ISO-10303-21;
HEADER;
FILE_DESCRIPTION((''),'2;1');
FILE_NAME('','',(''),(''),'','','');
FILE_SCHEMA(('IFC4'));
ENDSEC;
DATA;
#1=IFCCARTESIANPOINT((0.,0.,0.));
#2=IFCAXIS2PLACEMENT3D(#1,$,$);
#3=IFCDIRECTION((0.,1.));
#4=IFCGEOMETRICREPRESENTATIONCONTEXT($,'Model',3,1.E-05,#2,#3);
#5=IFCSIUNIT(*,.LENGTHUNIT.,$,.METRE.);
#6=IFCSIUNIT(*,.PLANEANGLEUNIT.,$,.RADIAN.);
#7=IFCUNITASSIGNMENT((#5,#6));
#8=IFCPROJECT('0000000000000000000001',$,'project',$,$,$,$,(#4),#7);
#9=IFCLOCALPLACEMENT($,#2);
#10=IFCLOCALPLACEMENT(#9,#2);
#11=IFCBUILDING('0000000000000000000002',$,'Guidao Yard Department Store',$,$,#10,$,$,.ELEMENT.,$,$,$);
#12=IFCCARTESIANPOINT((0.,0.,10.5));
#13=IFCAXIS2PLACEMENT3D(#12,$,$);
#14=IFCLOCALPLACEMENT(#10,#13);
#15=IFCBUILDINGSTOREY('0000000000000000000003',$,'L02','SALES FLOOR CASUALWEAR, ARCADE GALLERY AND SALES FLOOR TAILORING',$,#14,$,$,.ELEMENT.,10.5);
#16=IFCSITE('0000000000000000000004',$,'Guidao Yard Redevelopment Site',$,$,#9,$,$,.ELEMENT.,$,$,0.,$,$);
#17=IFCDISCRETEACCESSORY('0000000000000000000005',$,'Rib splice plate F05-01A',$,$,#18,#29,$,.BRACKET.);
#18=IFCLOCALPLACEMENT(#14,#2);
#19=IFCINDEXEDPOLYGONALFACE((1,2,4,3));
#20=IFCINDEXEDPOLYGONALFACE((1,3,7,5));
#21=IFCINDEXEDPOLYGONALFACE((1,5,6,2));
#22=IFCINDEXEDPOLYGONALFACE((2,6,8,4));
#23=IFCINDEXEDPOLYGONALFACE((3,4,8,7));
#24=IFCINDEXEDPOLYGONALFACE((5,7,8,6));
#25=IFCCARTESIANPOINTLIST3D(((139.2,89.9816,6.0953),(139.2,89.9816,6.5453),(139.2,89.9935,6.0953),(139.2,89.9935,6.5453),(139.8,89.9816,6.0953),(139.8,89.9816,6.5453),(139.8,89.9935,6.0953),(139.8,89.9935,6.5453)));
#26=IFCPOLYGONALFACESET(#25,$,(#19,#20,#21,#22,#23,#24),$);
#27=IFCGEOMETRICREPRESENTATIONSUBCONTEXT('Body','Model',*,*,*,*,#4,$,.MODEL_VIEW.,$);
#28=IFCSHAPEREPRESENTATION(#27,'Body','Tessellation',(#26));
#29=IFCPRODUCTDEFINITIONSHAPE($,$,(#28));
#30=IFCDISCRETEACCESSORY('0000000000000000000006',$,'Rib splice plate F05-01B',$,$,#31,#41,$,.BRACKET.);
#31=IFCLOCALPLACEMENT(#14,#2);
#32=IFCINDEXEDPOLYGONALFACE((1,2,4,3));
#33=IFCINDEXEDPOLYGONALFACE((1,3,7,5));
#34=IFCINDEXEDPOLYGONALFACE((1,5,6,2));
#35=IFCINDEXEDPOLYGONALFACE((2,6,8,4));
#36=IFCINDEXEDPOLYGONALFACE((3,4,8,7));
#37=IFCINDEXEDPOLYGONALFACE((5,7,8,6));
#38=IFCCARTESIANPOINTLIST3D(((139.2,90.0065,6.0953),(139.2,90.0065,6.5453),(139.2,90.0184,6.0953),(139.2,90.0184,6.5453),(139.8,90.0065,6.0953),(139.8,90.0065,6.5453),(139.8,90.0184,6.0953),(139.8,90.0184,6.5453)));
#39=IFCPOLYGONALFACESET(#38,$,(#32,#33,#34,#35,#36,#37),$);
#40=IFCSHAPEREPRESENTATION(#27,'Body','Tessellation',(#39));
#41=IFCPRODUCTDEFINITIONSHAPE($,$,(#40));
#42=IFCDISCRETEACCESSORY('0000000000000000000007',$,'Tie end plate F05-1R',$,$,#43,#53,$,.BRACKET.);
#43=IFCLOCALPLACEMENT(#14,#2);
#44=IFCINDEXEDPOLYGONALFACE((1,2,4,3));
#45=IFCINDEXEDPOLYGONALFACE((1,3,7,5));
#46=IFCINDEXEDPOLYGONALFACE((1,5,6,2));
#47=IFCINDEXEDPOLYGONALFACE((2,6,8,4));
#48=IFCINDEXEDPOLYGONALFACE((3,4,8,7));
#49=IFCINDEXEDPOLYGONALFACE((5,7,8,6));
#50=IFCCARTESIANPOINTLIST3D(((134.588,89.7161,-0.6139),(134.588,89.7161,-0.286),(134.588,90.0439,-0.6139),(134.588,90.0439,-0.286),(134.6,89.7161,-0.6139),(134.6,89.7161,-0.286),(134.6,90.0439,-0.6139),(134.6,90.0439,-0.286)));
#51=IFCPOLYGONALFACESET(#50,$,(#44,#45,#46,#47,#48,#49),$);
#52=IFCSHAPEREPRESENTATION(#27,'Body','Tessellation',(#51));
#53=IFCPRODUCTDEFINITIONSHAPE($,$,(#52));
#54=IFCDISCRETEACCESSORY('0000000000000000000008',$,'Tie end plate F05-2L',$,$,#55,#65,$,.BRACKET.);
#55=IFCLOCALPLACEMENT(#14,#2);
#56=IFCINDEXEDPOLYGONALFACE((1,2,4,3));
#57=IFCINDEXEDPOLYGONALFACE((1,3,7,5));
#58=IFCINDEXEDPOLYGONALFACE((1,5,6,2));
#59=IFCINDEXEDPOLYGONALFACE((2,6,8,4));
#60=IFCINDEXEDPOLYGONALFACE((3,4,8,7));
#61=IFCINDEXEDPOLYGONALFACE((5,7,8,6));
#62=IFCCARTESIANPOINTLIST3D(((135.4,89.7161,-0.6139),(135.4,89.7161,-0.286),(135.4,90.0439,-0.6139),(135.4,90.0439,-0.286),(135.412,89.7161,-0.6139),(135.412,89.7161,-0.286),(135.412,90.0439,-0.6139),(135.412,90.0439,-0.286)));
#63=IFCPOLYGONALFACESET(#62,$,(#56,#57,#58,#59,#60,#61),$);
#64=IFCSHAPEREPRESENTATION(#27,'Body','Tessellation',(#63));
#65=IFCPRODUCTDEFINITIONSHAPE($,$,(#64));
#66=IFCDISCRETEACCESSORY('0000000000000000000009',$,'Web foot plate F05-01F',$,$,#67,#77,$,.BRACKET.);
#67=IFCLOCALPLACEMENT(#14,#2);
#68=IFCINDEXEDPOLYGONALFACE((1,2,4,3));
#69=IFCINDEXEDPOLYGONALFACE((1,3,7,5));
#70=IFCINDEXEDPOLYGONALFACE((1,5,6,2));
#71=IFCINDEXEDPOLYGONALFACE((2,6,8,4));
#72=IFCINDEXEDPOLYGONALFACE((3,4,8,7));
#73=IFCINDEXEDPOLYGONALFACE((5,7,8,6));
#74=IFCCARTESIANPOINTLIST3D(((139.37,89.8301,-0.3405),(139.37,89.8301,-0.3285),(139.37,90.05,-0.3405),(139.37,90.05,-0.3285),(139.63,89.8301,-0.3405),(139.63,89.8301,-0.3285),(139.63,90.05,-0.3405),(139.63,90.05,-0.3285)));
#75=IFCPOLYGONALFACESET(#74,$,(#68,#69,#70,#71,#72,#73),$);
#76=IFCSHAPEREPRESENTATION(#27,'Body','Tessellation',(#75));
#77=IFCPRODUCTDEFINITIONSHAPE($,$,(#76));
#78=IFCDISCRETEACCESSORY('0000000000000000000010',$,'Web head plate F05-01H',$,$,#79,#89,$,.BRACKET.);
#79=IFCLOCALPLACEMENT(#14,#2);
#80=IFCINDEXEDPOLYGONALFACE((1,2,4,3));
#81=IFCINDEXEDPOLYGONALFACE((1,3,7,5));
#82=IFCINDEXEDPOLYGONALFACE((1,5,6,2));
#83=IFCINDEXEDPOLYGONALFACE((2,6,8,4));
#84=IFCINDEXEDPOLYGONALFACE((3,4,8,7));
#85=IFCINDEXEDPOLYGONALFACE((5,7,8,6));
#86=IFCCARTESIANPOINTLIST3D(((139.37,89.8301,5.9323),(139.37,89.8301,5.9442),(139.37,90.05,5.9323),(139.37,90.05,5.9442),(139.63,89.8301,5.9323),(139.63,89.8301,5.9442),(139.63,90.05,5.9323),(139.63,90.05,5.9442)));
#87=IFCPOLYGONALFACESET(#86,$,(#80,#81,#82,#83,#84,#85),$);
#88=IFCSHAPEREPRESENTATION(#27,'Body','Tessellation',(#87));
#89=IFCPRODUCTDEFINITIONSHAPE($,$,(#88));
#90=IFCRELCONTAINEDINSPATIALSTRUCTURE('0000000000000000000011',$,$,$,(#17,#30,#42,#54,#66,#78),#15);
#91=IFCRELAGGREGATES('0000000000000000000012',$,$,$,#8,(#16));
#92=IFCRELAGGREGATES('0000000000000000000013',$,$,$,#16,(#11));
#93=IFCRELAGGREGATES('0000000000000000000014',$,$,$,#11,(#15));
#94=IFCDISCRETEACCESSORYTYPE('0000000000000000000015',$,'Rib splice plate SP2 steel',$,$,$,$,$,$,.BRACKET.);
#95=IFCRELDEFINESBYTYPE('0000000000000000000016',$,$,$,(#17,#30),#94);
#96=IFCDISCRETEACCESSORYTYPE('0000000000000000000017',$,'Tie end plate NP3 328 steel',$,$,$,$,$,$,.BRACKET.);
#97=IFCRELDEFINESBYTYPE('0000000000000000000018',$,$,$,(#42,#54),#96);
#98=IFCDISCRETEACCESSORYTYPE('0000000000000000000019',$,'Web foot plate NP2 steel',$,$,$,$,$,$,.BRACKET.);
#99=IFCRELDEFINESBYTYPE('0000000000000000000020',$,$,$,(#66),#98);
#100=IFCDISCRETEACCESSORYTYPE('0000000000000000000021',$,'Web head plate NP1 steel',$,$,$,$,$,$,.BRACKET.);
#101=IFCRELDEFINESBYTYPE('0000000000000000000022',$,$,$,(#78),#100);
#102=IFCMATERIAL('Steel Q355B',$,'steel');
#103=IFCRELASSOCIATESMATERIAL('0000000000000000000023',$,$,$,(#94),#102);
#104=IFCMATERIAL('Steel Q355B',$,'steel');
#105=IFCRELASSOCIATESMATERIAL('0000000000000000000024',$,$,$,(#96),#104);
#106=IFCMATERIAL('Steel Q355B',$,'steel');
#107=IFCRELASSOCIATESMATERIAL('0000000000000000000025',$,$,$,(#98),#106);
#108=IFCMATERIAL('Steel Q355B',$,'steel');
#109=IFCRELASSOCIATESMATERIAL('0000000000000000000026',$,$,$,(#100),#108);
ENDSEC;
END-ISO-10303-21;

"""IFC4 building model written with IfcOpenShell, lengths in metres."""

from ifc_helpers import new_model, si_unit, direction, frame, origin, origin_2d, place, context, subcontext, project, spatial, rectangle, extrude, material, material_profile, profile_set, type_object, element, save


model = new_model("IFC4")

# Units and contexts
model_context = context("Model", 3, precision=1e-05, world=origin(), true_north=direction((0.0, 1.0)))
body_context = subcontext(model_context, "Body", "Model", "MODEL_VIEW")
ifc_project = project(units=[si_unit("LENGTHUNIT", "METRE"), si_unit("PLANEANGLEUNIT", "RADIAN")], contexts=[model_context])

# Site, building, storey
site_placement = place(None, origin())
site = spatial("IfcSite", under=ifc_project, at=site_placement, Name="Guidao Yard Redevelopment Site", CompositionType="ELEMENT", RefElevation=0.0)
building_placement = place(site_placement, origin())
building = spatial("IfcBuilding", under=site, at=building_placement, Name="Guidao Yard Department Store", CompositionType="ELEMENT")
storey_placement = place(building_placement, frame((0.0, 0.0, 10.5)))
storey = spatial("IfcBuildingStorey", under=building, at=storey_placement, Name="L02", Description="SALES FLOOR CASUALWEAR, ARCADE GALLERY AND SALES FLOOR TAILORING", CompositionType="ELEMENT", Elevation=10.5)

# Discrete accessories
ifc_material_1 = material(Name="Steel Q355B", Category="steel")
ifc_material_profile_1 = material_profile(ifc_material_1, rectangle(XDim=0.012, YDim=0.45, at=origin_2d()), Name="Splice plate 450x12")
ifc_profile_set_1 = profile_set([ifc_material_profile_1], Name="Steel Q355B")
discrete_accessory_type_1 = type_object("IfcDiscreteAccessoryType", Name="Rib splice plate SP2 steel", PredefinedType="BRACKET", material=ifc_profile_set_1)
for number, where, z_axis, x_axis, name in (
    (1, (139.2, 89.9875, 6.3203), (1.0, 0.0, 0.0), (0.0, 1.0, 0.0), "Rib splice plate F05-01A"),
    (2, (139.2, 90.0125, 6.3203), (1.0, 0.0, 0.0), (0.0, 1.0, 0.0), "Rib splice plate F05-01B"),
):
    element("IfcDiscreteAccessory", number, at=place(storey_placement, frame(where, z_axis=z_axis, x_axis=x_axis)), inside=storey, type_object=discrete_accessory_type_1, Name=name, PredefinedType="BRACKET", context=body_context, shape_type="SweptSolid", body=[
        extrude(rectangle(XDim=0.012, YDim=0.45, at=origin_2d()), origin(), (0.0, 0.0, 1.0), 0.6001),
    ])
ifc_material_2 = material(Name="Steel Q355B", Category="steel")
ifc_material_profile_2 = material_profile(ifc_material_2, rectangle(XDim=0.3279, YDim=0.012, at=origin_2d()), Name="Node plate 328x12")
ifc_profile_set_2 = profile_set([ifc_material_profile_2], Name="Steel Q355B")
discrete_accessory_type_2 = type_object("IfcDiscreteAccessoryType", Name="Tie end plate NP3 328 steel", PredefinedType="BRACKET", material=ifc_profile_set_2)
for number, where, z_axis, x_axis, name in (
    (3, (134.594, 89.7161, -0.45), (0.0, 1.0, 0.0), (0.0, 0.0, 1.0), "Tie end plate F05-1R"),
    (4, (135.406, 89.7161, -0.45), (0.0, 1.0, 0.0), (0.0, 0.0, 1.0), "Tie end plate F05-2L"),
):
    element("IfcDiscreteAccessory", number, at=place(storey_placement, frame(where, z_axis=z_axis, x_axis=x_axis)), inside=storey, type_object=discrete_accessory_type_2, Name=name, PredefinedType="BRACKET", context=body_context, shape_type="SweptSolid", body=[
        extrude(rectangle(XDim=0.3279, YDim=0.012, at=origin_2d()), origin(), (0.0, 0.0, 1.0), 0.3279),
    ])
ifc_material_3 = material(Name="Steel Q355B", Category="steel")
ifc_material_profile_3 = material_profile(ifc_material_3, rectangle(XDim=0.26, YDim=0.012, at=origin_2d()), Name="Node plate 260x12")
ifc_profile_set_3 = profile_set([ifc_material_profile_3], Name="Steel Q355B")
discrete_accessory_type_3 = type_object("IfcDiscreteAccessoryType", Name="Web foot plate NP2 steel", PredefinedType="BRACKET", material=ifc_profile_set_3)
discrete_accessory_1_placement = place(storey_placement, frame((139.5, 89.8301, -0.3345), z_axis=(0.0, 1.0, 0.0), x_axis=(-1.0, 0.0, 0.0)))
element("IfcDiscreteAccessory", 5, at=discrete_accessory_1_placement, inside=storey, type_object=discrete_accessory_type_3, Name="Web foot plate F05-01F", PredefinedType="BRACKET", context=body_context, shape_type="SweptSolid", body=[
    extrude(rectangle(XDim=0.26, YDim=0.012, at=origin_2d()), origin(), (0.0, 0.0, 1.0), 0.22),
])
ifc_material_4 = material(Name="Steel Q355B", Category="steel")
ifc_material_profile_4 = material_profile(ifc_material_4, rectangle(XDim=0.26, YDim=0.012, at=origin_2d()), Name="Node plate 260x12")
ifc_profile_set_4 = profile_set([ifc_material_profile_4], Name="Steel Q355B")
discrete_accessory_type_4 = type_object("IfcDiscreteAccessoryType", Name="Web head plate NP1 steel", PredefinedType="BRACKET", material=ifc_profile_set_4)
discrete_accessory_2_placement = place(storey_placement, frame((139.5, 89.8301, 5.9382), z_axis=(0.0, 1.0, 0.0), x_axis=(-1.0, 0.0, 0.0)))
element("IfcDiscreteAccessory", 6, at=discrete_accessory_2_placement, inside=storey, type_object=discrete_accessory_type_4, Name="Web head plate F05-01H", PredefinedType="BRACKET", context=body_context, shape_type="SweptSolid", body=[
    extrude(rectangle(XDim=0.26, YDim=0.012, at=origin_2d()), origin(), (0.0, 0.0, 1.0), 0.22),
])

save(model, "model.ifc")
